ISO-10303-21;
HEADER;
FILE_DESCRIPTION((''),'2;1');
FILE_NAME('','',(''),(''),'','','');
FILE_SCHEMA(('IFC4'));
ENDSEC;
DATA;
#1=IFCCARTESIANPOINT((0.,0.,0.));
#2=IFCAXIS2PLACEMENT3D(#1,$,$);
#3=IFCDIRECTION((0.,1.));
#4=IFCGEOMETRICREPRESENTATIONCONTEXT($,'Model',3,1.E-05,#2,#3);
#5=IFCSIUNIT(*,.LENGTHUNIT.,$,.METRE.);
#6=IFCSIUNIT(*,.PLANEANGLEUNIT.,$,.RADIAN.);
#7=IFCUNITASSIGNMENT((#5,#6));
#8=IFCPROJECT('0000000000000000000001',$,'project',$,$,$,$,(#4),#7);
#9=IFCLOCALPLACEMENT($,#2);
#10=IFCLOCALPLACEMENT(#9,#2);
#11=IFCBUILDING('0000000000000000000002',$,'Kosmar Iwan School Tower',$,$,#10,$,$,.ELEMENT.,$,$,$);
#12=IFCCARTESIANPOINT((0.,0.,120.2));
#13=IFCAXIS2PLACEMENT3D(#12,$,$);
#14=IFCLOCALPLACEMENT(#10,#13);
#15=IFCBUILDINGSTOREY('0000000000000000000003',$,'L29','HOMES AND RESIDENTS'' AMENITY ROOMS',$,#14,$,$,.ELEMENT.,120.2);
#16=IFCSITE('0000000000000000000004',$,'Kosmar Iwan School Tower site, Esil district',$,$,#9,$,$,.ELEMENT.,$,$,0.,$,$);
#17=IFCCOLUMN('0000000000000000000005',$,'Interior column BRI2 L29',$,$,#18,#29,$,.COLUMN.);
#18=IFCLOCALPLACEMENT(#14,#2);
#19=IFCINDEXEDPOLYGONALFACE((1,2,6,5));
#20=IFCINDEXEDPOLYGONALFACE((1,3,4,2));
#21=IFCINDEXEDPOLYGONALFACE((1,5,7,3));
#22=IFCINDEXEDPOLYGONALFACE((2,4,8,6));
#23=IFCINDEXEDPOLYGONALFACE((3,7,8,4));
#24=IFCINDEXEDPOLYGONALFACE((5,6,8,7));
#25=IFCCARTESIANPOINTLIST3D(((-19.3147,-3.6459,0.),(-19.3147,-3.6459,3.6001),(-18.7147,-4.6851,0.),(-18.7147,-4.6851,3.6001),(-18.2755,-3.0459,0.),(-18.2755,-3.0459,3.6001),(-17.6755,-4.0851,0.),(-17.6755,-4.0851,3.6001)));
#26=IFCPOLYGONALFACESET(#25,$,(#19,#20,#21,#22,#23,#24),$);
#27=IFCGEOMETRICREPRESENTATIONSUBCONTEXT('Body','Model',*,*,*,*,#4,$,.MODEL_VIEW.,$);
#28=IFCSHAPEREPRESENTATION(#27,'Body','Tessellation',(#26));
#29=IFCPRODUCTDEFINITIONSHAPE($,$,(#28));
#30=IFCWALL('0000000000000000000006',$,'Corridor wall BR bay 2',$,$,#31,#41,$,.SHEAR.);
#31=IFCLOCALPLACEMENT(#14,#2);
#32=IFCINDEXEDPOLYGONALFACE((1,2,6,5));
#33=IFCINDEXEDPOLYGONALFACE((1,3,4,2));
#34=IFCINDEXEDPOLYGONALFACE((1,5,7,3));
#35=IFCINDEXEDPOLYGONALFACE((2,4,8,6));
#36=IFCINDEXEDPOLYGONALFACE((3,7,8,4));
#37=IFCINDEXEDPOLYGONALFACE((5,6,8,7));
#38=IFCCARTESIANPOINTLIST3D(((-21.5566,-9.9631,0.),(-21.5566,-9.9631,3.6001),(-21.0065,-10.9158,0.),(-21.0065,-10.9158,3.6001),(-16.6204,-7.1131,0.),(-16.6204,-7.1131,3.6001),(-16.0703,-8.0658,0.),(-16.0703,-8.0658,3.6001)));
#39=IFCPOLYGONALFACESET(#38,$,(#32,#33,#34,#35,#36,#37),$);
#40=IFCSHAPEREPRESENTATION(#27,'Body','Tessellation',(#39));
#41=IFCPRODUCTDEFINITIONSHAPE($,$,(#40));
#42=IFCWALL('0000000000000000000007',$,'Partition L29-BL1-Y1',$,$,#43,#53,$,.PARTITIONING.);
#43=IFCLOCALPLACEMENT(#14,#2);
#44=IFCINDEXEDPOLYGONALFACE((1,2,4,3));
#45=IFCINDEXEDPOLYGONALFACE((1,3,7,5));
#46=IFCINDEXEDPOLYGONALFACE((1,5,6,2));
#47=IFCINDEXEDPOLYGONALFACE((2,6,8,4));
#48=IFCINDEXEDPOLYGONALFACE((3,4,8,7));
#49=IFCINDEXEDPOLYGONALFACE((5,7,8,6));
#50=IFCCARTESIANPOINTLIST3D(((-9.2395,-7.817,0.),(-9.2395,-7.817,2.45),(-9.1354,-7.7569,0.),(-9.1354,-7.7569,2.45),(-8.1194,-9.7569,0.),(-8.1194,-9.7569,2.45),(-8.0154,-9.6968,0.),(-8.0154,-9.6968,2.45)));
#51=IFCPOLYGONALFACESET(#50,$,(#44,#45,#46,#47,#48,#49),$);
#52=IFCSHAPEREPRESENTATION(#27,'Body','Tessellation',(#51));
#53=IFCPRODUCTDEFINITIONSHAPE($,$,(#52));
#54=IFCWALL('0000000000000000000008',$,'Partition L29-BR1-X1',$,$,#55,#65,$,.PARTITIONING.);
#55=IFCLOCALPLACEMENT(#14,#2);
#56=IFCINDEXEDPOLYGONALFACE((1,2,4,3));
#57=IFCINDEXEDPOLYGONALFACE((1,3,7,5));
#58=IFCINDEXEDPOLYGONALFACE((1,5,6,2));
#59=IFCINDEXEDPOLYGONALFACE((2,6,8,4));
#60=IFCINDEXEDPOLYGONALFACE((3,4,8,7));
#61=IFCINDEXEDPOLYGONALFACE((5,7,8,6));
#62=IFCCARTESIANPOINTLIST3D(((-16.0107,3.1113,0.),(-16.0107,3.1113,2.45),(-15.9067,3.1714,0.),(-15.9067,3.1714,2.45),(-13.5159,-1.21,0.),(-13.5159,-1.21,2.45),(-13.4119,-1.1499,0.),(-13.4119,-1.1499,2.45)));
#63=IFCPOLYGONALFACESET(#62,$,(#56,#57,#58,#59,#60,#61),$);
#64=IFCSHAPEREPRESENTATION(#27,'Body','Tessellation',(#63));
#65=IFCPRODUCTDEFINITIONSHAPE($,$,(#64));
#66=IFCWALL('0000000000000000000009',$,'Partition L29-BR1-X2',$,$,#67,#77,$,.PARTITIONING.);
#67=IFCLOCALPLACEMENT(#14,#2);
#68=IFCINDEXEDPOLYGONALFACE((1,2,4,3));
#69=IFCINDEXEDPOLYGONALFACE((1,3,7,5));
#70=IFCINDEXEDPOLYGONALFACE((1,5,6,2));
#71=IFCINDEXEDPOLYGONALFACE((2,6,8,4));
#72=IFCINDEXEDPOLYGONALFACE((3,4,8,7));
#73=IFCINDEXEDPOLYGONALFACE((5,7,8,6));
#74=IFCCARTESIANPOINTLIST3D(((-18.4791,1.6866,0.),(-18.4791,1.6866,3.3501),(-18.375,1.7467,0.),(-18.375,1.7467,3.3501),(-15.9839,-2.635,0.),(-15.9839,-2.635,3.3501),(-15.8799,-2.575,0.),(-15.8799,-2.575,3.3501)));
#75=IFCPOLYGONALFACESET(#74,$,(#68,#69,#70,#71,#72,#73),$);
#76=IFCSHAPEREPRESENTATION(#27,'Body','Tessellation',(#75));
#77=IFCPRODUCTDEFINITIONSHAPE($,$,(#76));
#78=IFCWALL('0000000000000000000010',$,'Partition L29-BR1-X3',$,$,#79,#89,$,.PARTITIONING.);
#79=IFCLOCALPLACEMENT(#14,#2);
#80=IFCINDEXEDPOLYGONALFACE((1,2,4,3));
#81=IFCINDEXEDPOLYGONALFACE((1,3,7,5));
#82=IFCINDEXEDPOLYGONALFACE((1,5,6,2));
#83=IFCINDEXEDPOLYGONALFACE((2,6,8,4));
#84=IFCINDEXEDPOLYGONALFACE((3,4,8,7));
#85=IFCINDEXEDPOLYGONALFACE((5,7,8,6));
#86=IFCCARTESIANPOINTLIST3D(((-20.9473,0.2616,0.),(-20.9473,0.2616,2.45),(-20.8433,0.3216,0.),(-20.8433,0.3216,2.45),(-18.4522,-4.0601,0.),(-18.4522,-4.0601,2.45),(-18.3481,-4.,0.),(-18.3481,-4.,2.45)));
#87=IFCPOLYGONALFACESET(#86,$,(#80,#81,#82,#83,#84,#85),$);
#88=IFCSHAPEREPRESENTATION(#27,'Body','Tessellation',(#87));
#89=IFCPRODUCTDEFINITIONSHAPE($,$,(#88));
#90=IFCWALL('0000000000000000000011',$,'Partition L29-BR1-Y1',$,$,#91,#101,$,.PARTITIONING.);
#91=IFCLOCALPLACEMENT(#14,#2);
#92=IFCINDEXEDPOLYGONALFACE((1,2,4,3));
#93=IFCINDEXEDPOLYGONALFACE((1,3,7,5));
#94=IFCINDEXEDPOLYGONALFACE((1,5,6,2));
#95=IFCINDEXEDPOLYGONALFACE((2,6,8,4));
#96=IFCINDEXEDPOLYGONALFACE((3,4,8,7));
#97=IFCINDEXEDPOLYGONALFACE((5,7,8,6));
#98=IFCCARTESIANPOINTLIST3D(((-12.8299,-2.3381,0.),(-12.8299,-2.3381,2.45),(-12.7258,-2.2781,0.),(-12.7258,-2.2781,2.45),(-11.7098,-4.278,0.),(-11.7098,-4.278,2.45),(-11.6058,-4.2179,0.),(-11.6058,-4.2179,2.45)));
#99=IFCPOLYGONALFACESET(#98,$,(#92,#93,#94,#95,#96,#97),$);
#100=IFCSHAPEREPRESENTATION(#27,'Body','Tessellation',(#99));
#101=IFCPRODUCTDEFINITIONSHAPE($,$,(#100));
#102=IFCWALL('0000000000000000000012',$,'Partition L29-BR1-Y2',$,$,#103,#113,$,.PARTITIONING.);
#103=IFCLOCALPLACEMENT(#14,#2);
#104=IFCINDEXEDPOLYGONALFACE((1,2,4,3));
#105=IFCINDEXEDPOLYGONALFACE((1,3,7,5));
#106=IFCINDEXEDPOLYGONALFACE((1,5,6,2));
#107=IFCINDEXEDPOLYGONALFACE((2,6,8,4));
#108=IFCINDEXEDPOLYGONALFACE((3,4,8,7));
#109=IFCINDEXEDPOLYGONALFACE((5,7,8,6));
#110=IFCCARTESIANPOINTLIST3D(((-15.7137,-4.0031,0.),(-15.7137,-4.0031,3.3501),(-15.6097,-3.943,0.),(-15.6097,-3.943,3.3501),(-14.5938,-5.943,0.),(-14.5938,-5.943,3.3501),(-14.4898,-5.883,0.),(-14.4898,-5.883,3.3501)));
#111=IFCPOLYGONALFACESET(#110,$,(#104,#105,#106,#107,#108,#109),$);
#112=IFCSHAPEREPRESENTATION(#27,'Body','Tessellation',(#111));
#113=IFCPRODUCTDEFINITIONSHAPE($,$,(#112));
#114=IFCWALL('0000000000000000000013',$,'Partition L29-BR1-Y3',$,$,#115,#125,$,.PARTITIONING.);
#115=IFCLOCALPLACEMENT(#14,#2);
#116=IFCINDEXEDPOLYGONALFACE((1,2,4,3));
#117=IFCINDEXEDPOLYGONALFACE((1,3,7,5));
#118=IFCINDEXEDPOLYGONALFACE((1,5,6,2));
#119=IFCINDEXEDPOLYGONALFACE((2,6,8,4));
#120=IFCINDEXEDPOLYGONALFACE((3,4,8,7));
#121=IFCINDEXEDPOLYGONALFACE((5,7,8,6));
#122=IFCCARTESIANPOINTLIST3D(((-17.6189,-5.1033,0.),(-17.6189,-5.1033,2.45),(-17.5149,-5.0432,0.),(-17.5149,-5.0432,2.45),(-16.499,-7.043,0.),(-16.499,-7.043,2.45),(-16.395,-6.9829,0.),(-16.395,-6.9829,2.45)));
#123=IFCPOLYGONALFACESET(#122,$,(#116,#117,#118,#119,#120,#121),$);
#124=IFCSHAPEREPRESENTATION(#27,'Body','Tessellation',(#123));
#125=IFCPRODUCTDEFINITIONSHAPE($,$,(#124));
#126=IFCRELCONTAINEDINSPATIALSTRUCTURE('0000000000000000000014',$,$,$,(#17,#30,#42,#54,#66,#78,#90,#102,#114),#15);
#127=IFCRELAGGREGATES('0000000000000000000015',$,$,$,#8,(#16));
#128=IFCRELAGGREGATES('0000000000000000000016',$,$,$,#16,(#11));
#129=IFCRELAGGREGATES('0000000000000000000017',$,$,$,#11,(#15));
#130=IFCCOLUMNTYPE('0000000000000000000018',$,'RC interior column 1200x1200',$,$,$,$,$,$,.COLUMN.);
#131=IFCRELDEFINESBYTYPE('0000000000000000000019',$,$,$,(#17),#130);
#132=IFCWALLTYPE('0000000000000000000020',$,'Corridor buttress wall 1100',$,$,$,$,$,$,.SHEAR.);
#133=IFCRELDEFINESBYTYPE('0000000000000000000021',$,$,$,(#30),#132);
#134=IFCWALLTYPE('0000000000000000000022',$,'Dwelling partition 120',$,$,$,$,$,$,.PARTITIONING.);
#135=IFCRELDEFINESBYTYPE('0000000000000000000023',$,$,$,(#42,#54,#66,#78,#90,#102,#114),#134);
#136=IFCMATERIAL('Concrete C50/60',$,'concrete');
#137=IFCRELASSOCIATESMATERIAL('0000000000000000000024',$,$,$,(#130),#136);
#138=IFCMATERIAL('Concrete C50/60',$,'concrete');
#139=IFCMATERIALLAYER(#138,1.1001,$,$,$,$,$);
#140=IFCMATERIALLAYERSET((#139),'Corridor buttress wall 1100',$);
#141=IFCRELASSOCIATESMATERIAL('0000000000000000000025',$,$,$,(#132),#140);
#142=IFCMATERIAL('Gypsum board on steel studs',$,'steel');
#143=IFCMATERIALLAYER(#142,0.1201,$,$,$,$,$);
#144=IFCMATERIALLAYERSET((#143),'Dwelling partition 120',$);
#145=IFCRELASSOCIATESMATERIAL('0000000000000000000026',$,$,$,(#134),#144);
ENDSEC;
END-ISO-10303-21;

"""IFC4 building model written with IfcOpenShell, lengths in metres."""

from ifc_helpers import new_model, si_unit, direction, frame, frame_2d, origin, origin_2d, place, context, subcontext, project, spatial, rectangle, extrude, material, layer, layer_set, material_profile, profile_set, type_object, element, save


model = new_model("IFC4")

# Units and contexts
model_context = context("Model", 3, precision=1e-05, world=origin(), true_north=direction((0.0, 1.0)))
body_context = subcontext(model_context, "Body", "Model", "MODEL_VIEW")
ifc_project = project(units=[si_unit("LENGTHUNIT", "METRE"), si_unit("PLANEANGLEUNIT", "RADIAN")], contexts=[model_context])

# Site, building, storey
site_placement = place(None, origin())
site = spatial("IfcSite", under=ifc_project, at=site_placement, Name="Kosmar Iwan School Tower site, Esil district", CompositionType="ELEMENT", RefElevation=0.0)
building_placement = place(site_placement, origin())
building = spatial("IfcBuilding", under=site, at=building_placement, Name="Kosmar Iwan School Tower", CompositionType="ELEMENT")
storey_placement = place(building_placement, frame((0.0, 0.0, 120.2)))
storey = spatial("IfcBuildingStorey", under=building, at=storey_placement, Name="L29", Description="HOMES AND RESIDENTS' AMENITY ROOMS", CompositionType="ELEMENT", Elevation=120.2)

# Column
ifc_material_1 = material(Name="Concrete C50/60", Category="concrete")
ifc_material_profile = material_profile(ifc_material_1, rectangle(XDim=1.2, YDim=1.2, at=origin_2d()), Name="RC 1200x1200")
ifc_profile_set = profile_set([ifc_material_profile], Name="Concrete C50/60")
column_type = type_object("IfcColumnType", Name="RC interior column 1200x1200", PredefinedType="COLUMN", material=ifc_profile_set)
column_placement = place(storey_placement, frame((-18.4951, -3.8655, 0.0), z_axis=(0.0, 0.0, 1.0), x_axis=(-0.866025, -0.5, 0.0)))
element("IfcColumn", 1, at=column_placement, inside=storey, type_object=column_type, Name="Interior column BRI2 L29", PredefinedType="COLUMN", context=body_context, shape_type="SweptSolid", body=[
    extrude(rectangle(XDim=1.2, YDim=1.2, at=origin_2d()), origin(), (0.0, 0.0, 1.0), 3.6001),
])

# Walls
ifc_material_2 = material(Name="Concrete C50/60", Category="concrete")
ifc_layer_1 = layer(ifc_material_2, 1.1001)
ifc_layer_set_1 = layer_set([ifc_layer_1], Name="Corridor buttress wall 1100")
wall_type_1 = type_object("IfcWallType", Name="Corridor buttress wall 1100", PredefinedType="SHEAR", material=ifc_layer_set_1)
wall_1_placement = place(storey_placement, frame((-16.3452, -7.5894, 0.0), z_axis=(0.0, 0.0, 1.0), x_axis=(-0.866015, -0.500018, 0.0)))
element("IfcWall", 2, at=wall_1_placement, inside=storey, type_object=wall_type_1, Name="Corridor wall BR bay 2", PredefinedType="SHEAR", context=body_context, shape_type="SweptSolid", body=[
    extrude(rectangle(XDim=5.7, YDim=1.1001, at=frame_2d((2.8501, 0.0))), origin(), (0.0, 0.0, 1.0), 3.6001),
])
ifc_material_3 = material(Name="Gypsum board on steel studs", Category="steel")
ifc_layer_2 = layer(ifc_material_3, 0.1201)
ifc_layer_set_2 = layer_set([ifc_layer_2], Name="Dwelling partition 120")
wall_type_2 = type_object("IfcWallType", Name="Dwelling partition 120", PredefinedType="PARTITIONING", material=ifc_layer_set_2)
wall_2_placement = place(storey_placement, frame((-9.1875, -7.7869, 0.0), z_axis=(0.0, 0.0, 1.0), x_axis=(0.500031, -0.866008, 0.0)))
element("IfcWall", 3, at=wall_2_placement, inside=storey, type_object=wall_type_2, Name="Partition L29-BL1-Y1", PredefinedType="PARTITIONING", context=body_context, shape_type="SweptSolid", body=[
    extrude(rectangle(XDim=2.24, YDim=0.1201, at=frame_2d((1.1201, 0.0))), origin(), (0.0, 0.0, 1.0), 2.45),
])
wall_3_placement = place(storey_placement, frame((-13.4639, -1.1799, 0.0), z_axis=(0.0, 0.0, 1.0), x_axis=(-0.499996, 0.866028, 0.0)))
element("IfcWall", 4, at=wall_3_placement, inside=storey, type_object=wall_type_2, Name="Partition L29-BR1-X1", PredefinedType="PARTITIONING", context=body_context, shape_type="SweptSolid", body=[
    extrude(rectangle(XDim=4.9897, YDim=0.1201, at=frame_2d((2.4949, 0.0))), origin(), (0.0, 0.0, 1.0), 2.45),
])
wall_4_placement = place(storey_placement, frame((-15.9319, -2.605, 0.0), z_axis=(0.0, 0.0, 1.0), x_axis=(-0.500012, 0.866019, 0.0)))
element("IfcWall", 5, at=wall_4_placement, inside=storey, type_object=wall_type_2, Name="Partition L29-BR1-X2", PredefinedType="PARTITIONING", context=body_context, shape_type="SweptSolid", body=[
    extrude(rectangle(XDim=4.9902, YDim=0.1201, at=frame_2d((2.4951, 0.0))), origin(), (0.0, 0.0, 1.0), 3.3501),
])
wall_5_placement = place(storey_placement, frame((-18.4001, -4.03, 0.0), z_axis=(0.0, 0.0, 1.0), x_axis=(-0.500012, 0.866019, 0.0)))
element("IfcWall", 6, at=wall_5_placement, inside=storey, type_object=wall_type_2, Name="Partition L29-BR1-X3", PredefinedType="PARTITIONING", context=body_context, shape_type="SweptSolid", body=[
    extrude(rectangle(XDim=4.9902, YDim=0.1201, at=frame_2d((2.4951, 0.0))), origin(), (0.0, 0.0, 1.0), 2.45),
])
wall_6_placement = place(storey_placement, frame((-11.6577, -4.248, 0.0), z_axis=(0.0, 0.0, 1.0), x_axis=(-0.500031, 0.866008, 0.0)))
element("IfcWall", 7, at=wall_6_placement, inside=storey, type_object=wall_type_2, Name="Partition L29-BR1-Y1", PredefinedType="PARTITIONING", context=body_context, shape_type="SweptSolid", body=[
    extrude(rectangle(XDim=2.24, YDim=0.1201, at=frame_2d((1.1201, 0.0))), origin(), (0.0, 0.0, 1.0), 2.45),
])
wall_7_placement = place(storey_placement, frame((-14.5417, -5.9131, 0.0), z_axis=(0.0, 0.0, 1.0), x_axis=(-0.499949, 0.866055, 0.0)))
element("IfcWall", 8, at=wall_7_placement, inside=storey, type_object=wall_type_2, Name="Partition L29-BR1-Y2", PredefinedType="PARTITIONING", context=body_context, shape_type="SweptSolid", body=[
    extrude(rectangle(XDim=2.24, YDim=0.1201, at=frame_2d((1.1201, 0.0))), origin(), (0.0, 0.0, 1.0), 3.3501),
])
wall_8_placement = place(storey_placement, frame((-16.447, -7.0129, 0.0), z_axis=(0.0, 0.0, 1.0), x_axis=(-0.499996, 0.866028, 0.0)))
element("IfcWall", 9, at=wall_8_placement, inside=storey, type_object=wall_type_2, Name="Partition L29-BR1-Y3", PredefinedType="PARTITIONING", context=body_context, shape_type="SweptSolid", body=[
    extrude(rectangle(XDim=2.2397, YDim=0.1201, at=frame_2d((1.1199, 0.0))), origin(), (0.0, 0.0, 1.0), 2.45),
])

save(model, "model.ifc")
